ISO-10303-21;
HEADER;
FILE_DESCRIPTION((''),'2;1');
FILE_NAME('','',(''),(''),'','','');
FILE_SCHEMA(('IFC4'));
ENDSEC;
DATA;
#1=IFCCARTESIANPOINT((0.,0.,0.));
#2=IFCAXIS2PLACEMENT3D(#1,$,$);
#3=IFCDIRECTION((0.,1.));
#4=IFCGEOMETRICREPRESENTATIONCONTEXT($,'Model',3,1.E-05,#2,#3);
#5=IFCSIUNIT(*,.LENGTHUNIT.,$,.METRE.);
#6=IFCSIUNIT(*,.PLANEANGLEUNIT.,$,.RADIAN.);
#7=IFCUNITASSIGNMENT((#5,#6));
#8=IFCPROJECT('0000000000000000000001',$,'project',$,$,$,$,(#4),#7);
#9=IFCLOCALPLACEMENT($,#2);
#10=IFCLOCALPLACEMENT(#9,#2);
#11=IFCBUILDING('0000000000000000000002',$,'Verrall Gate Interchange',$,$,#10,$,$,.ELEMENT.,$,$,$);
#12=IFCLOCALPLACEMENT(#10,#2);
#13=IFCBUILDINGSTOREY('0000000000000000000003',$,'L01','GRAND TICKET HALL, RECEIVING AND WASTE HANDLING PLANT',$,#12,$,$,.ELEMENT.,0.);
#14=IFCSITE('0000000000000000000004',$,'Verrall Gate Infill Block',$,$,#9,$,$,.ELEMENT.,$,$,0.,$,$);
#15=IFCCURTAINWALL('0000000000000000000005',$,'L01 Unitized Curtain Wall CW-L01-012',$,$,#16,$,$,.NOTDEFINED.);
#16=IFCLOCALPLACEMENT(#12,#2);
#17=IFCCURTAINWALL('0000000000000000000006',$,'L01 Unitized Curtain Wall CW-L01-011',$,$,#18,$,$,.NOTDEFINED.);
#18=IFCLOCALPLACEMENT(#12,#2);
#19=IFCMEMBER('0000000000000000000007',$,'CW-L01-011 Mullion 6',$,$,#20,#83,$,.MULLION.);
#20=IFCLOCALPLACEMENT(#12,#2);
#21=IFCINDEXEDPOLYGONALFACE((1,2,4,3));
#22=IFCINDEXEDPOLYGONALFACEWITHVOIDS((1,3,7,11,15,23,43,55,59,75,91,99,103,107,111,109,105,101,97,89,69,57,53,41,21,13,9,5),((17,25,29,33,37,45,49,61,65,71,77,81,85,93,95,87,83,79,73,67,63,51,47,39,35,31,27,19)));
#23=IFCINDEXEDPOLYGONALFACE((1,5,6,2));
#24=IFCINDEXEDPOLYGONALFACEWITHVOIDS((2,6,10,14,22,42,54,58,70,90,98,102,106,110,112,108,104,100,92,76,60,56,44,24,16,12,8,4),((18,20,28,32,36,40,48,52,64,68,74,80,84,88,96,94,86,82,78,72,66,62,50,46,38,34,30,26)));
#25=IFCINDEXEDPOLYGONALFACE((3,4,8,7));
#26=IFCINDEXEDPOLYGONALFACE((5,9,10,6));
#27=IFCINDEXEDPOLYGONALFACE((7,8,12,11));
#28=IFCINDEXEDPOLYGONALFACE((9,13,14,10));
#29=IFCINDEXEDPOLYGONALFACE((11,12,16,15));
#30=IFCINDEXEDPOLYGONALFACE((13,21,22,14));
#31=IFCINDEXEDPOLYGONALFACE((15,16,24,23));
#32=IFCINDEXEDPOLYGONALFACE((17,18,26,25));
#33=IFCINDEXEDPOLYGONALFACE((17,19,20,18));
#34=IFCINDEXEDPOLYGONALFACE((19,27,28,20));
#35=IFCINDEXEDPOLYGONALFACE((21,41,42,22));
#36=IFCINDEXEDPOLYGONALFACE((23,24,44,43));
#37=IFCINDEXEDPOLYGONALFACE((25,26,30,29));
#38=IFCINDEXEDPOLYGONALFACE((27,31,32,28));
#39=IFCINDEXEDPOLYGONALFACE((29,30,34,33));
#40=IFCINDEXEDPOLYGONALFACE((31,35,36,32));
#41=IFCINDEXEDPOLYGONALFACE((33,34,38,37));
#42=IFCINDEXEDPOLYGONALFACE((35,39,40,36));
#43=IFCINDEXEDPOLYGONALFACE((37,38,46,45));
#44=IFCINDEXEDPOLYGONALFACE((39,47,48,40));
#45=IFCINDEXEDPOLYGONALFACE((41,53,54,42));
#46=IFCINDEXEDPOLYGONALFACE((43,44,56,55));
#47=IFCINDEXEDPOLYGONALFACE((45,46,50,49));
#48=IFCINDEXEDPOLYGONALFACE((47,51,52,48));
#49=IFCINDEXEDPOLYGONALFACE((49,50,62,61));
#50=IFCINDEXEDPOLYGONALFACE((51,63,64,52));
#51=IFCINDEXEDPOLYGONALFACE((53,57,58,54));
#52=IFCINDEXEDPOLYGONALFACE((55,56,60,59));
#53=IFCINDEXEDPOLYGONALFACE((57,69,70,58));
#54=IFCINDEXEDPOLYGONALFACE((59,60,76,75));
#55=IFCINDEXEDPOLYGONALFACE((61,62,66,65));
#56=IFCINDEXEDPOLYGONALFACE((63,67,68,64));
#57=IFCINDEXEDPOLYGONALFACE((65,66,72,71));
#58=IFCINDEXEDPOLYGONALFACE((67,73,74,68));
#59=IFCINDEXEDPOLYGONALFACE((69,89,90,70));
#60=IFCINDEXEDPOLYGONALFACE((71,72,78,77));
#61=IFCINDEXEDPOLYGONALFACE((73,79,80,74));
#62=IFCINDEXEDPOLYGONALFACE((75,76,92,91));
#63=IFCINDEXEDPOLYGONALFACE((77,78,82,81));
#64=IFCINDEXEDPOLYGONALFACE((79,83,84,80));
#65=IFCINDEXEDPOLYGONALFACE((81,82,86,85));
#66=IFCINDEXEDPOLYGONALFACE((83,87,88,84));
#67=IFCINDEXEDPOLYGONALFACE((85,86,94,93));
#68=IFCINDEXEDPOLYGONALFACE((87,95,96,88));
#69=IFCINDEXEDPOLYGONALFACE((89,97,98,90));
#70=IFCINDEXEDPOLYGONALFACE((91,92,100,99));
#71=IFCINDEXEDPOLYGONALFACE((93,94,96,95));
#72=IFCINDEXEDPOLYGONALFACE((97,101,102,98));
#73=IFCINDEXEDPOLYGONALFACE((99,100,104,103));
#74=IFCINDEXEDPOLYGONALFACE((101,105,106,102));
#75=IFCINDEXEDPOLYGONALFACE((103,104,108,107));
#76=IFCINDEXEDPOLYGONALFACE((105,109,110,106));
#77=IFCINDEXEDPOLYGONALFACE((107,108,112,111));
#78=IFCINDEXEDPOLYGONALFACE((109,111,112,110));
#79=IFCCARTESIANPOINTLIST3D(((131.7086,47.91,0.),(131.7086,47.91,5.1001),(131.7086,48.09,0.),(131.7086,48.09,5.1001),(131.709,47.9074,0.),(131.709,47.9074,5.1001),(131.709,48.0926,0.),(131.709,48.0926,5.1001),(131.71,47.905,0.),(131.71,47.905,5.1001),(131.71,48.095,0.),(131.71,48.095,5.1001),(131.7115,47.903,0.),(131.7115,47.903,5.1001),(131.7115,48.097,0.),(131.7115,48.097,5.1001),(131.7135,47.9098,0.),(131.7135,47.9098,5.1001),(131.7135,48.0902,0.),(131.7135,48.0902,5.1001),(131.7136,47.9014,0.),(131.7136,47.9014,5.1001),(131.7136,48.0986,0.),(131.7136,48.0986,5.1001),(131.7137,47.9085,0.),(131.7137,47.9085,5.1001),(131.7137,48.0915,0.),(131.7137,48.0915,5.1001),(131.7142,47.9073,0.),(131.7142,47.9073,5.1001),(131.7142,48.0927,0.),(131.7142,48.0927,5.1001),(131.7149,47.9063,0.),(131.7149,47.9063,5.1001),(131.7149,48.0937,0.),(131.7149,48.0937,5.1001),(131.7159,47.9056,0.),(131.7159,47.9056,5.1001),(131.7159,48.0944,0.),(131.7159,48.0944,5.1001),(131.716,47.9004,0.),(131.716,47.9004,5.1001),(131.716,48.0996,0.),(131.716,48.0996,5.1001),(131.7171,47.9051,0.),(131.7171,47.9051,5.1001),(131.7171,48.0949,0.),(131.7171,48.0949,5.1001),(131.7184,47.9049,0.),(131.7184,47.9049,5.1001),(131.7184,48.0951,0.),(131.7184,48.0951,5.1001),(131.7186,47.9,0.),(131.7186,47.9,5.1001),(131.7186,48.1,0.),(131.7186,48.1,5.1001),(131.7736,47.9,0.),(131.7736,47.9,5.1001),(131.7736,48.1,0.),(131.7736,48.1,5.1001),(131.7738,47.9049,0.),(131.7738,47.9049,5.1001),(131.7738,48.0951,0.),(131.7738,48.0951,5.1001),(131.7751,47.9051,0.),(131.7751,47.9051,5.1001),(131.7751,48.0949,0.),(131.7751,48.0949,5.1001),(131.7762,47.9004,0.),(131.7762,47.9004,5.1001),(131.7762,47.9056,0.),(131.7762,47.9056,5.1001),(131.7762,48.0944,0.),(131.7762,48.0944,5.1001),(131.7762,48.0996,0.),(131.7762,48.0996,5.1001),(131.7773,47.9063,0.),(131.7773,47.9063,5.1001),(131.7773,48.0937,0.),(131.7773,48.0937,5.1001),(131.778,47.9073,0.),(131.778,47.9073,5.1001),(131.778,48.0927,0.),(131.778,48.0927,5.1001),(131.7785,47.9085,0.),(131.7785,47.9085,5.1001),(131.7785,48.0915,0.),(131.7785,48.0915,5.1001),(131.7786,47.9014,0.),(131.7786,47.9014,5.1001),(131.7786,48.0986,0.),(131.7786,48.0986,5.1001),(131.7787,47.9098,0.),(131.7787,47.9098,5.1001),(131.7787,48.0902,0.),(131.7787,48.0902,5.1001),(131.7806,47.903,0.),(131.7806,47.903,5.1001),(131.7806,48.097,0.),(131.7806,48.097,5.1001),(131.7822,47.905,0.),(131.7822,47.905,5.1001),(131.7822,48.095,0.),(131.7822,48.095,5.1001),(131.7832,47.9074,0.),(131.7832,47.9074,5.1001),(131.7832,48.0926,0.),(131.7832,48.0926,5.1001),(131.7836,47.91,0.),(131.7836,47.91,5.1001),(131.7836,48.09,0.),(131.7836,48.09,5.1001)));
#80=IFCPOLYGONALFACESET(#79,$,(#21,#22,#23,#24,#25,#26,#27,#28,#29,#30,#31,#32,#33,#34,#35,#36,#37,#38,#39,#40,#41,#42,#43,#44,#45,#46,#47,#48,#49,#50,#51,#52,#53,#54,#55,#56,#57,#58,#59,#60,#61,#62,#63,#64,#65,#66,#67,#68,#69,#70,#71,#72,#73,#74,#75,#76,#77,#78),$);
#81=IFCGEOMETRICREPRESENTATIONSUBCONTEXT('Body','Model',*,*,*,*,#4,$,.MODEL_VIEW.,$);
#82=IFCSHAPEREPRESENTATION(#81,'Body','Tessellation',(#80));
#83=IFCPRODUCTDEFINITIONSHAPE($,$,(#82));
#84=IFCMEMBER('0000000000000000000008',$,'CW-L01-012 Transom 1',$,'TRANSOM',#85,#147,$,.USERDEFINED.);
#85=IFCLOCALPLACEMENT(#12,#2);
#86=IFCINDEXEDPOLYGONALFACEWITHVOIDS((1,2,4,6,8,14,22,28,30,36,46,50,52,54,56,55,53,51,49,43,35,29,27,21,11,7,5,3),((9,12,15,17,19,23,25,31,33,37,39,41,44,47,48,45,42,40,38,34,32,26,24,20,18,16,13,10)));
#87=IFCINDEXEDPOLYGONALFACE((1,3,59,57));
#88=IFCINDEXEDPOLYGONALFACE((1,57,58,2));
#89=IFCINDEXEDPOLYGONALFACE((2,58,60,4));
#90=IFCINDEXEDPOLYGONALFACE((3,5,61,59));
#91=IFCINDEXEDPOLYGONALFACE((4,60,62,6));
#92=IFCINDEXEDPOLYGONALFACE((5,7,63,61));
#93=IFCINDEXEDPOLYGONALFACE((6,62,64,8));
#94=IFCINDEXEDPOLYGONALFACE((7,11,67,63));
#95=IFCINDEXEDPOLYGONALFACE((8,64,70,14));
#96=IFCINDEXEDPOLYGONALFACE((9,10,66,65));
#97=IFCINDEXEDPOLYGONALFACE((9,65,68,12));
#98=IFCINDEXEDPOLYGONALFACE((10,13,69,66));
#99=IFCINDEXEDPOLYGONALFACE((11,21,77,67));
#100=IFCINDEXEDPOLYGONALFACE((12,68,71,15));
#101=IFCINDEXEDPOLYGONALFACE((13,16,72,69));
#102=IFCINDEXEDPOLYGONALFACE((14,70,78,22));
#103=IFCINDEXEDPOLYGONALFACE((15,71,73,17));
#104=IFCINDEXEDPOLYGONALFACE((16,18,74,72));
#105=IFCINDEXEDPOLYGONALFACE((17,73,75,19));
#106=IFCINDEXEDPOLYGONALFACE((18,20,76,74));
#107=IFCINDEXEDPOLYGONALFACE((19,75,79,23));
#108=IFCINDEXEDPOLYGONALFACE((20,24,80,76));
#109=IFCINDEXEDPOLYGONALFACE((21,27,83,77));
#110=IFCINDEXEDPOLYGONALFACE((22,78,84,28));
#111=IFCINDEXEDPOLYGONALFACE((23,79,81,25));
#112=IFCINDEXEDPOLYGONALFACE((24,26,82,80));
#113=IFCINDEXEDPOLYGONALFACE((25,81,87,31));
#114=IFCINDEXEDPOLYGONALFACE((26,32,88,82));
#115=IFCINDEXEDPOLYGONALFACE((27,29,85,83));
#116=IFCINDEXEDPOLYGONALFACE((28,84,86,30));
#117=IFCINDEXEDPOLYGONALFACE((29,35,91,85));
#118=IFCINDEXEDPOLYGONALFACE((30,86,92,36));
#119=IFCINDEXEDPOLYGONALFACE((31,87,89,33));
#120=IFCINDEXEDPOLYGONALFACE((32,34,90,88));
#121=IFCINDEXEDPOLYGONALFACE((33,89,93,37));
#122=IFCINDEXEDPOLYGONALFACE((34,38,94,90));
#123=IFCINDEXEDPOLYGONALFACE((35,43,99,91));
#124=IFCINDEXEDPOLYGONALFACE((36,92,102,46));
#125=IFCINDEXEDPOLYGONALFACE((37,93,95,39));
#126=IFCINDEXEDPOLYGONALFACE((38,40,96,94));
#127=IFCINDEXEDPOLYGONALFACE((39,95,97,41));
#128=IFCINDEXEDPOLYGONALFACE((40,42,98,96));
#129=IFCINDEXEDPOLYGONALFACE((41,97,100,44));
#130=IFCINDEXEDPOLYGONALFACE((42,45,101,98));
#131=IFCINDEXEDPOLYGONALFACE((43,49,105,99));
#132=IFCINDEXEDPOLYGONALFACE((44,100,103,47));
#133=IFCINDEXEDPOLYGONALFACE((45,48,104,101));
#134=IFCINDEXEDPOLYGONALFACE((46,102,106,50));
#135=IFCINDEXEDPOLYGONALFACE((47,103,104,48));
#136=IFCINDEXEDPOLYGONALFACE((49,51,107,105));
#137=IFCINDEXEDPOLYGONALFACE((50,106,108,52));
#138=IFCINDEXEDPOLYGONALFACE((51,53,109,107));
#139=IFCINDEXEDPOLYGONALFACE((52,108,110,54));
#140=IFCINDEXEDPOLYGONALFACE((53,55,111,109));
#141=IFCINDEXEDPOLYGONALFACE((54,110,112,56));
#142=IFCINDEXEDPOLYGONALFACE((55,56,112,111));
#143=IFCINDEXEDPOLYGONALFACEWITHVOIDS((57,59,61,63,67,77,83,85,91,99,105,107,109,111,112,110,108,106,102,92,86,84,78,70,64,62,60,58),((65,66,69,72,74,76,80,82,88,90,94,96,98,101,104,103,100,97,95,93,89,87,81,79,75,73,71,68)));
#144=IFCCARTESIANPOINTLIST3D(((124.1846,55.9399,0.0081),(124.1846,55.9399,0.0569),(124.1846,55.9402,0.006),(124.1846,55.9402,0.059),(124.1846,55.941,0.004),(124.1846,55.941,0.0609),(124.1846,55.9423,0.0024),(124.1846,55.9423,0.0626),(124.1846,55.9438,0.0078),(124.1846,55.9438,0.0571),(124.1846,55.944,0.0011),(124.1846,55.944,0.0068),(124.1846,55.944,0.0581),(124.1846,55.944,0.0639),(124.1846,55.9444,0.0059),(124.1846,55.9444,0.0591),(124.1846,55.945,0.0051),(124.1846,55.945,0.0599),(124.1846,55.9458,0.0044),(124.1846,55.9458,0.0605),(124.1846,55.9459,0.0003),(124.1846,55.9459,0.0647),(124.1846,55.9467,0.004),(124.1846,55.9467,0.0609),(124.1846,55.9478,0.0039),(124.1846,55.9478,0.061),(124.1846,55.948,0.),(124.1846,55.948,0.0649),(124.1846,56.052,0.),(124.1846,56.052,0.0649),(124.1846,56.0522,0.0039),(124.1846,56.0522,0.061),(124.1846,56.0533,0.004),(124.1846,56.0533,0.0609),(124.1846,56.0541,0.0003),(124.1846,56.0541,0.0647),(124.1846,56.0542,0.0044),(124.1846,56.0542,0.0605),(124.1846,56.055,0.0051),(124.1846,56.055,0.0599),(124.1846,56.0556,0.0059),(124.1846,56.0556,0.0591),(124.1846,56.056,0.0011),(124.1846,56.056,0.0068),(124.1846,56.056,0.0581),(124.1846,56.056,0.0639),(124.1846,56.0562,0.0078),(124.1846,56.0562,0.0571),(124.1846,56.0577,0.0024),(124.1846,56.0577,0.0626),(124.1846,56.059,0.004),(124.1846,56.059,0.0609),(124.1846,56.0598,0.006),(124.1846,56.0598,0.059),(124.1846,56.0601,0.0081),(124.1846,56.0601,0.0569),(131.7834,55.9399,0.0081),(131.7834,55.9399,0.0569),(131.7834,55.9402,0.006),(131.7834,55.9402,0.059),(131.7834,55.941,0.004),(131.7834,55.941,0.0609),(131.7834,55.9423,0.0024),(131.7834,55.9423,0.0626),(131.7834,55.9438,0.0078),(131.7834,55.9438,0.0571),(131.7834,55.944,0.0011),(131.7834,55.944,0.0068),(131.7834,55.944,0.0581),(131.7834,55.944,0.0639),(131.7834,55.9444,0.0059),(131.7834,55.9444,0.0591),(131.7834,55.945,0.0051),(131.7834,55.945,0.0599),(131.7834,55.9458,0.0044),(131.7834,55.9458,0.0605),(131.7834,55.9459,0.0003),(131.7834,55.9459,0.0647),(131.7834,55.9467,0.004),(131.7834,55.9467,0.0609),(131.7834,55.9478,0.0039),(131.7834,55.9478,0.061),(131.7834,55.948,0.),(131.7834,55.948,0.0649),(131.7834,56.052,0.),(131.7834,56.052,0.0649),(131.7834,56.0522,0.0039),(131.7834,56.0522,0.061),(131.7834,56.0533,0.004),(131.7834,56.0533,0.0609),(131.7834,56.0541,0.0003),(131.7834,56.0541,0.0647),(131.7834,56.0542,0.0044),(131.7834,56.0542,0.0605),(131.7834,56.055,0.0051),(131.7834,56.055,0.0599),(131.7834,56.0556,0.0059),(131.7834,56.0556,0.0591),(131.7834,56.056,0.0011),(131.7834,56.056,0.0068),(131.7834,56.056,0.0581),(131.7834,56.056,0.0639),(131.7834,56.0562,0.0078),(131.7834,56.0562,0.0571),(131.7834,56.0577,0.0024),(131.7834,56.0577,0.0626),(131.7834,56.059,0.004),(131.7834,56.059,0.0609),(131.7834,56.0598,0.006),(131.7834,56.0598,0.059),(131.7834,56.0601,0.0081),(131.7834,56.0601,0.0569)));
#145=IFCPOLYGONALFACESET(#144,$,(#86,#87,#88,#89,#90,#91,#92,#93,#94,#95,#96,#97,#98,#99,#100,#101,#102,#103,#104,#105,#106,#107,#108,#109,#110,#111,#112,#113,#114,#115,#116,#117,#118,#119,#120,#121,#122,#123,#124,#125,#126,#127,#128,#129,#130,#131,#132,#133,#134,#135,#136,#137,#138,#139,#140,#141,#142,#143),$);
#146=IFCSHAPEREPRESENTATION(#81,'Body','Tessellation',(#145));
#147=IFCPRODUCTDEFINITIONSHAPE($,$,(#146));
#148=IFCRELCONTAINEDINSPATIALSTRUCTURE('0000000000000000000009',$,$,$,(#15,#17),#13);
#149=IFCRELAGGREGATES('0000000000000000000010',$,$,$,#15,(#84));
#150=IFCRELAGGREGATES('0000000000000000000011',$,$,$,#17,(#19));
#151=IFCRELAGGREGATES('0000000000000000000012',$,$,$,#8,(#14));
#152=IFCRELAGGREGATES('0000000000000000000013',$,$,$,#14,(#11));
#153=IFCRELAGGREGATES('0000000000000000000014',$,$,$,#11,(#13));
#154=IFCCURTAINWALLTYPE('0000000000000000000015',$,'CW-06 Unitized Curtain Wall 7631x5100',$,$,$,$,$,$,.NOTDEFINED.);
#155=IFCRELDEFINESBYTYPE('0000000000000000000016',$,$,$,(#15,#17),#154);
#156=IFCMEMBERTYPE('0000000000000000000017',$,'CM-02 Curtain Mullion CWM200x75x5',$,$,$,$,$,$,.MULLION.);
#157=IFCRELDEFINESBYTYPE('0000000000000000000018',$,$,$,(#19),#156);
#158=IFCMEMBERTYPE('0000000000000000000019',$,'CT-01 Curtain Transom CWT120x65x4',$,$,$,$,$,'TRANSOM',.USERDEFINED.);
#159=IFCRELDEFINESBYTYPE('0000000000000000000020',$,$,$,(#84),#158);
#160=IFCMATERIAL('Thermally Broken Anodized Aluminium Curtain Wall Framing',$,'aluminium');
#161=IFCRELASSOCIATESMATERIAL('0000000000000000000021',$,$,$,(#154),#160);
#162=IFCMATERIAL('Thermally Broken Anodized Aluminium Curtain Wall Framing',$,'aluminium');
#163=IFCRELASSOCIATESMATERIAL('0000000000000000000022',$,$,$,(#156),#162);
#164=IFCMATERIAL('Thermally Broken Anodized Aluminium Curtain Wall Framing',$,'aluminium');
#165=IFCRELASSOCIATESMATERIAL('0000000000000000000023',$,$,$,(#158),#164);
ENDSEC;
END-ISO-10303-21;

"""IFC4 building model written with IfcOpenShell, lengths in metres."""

from ifc_helpers import new_model, si_unit, direction, frame, origin, origin_2d, place, context, subcontext, project, spatial, hollow_rectangle, extrude, material, material_profile, profile_set, type_object, element, aggregate, save


model = new_model("IFC4")

# Units and contexts
model_context = context("Model", 3, precision=1e-05, world=origin(), true_north=direction((0.0, 1.0)))
body_context = subcontext(model_context, "Body", "Model", "MODEL_VIEW")
ifc_project = project(units=[si_unit("LENGTHUNIT", "METRE"), si_unit("PLANEANGLEUNIT", "RADIAN")], contexts=[model_context])

# Site, building, storey
site_placement = place(None, origin())
site = spatial("IfcSite", under=ifc_project, at=site_placement, Name="Verrall Gate Infill Block", CompositionType="ELEMENT", RefElevation=0.0)
building_placement = place(site_placement, origin())
building = spatial("IfcBuilding", under=site, at=building_placement, Name="Verrall Gate Interchange", CompositionType="ELEMENT")
storey_placement = place(building_placement, origin())
storey = spatial("IfcBuildingStorey", under=building, at=storey_placement, Name="L01", Description="GRAND TICKET HALL, RECEIVING AND WASTE HANDLING PLANT", CompositionType="ELEMENT", Elevation=0.0)

# Curtain wall
ifc_material_1 = material(Name="Thermally Broken Anodized Aluminium Curtain Wall Framing", Category="aluminium")
curtain_wall_type = type_object("IfcCurtainWallType", Name="CW-06 Unitized Curtain Wall 7631x5100", PredefinedType="NOTDEFINED", material=ifc_material_1)
curtain_wall_1_placement = place(storey_placement, origin())
curtain_wall_1 = element("IfcCurtainWall", 1, at=curtain_wall_1_placement, inside=storey, type_object=curtain_wall_type, Name="L01 Unitized Curtain Wall CW-L01-012", PredefinedType="NOTDEFINED")

# Curtain wall, member
curtain_wall_2_placement = place(storey_placement, origin())
curtain_wall_2 = element("IfcCurtainWall", 2, at=curtain_wall_2_placement, inside=storey, type_object=curtain_wall_type, Name="L01 Unitized Curtain Wall CW-L01-011", PredefinedType="NOTDEFINED")
ifc_material_2 = material(Name="Thermally Broken Anodized Aluminium Curtain Wall Framing", Category="aluminium")
ifc_material_profile_1 = material_profile(ifc_material_2, hollow_rectangle(XDim=0.075, YDim=0.2, WallThickness=0.0049, InnerFilletRadius=0.0049, OuterFilletRadius=0.01, at=origin_2d()), Name="CWM200x75x5")
ifc_profile_set_1 = profile_set([ifc_material_profile_1], Name="Thermally Broken Anodized Aluminium Curtain Wall Framing")
member_type_1 = type_object("IfcMemberType", Name="CM-02 Curtain Mullion CWM200x75x5", PredefinedType="MULLION", material=ifc_profile_set_1)
member_1_placement = place(storey_placement, frame((131.7461, 48.0, 0.0), z_axis=(0.0, 0.0, 1.0), x_axis=(1.0, 0.0, 0.0)))
member_1 = element("IfcMember", 3, at=member_1_placement, type_object=member_type_1, Name="CW-L01-011 Mullion 6", PredefinedType="MULLION", context=body_context, shape_type="SweptSolid", body=[
    extrude(hollow_rectangle(XDim=0.075, YDim=0.2, WallThickness=0.0049, InnerFilletRadius=0.0049, OuterFilletRadius=0.01, at=origin_2d()), origin(), (0.0, 0.0, 1.0), 5.1001),
])

# Member
ifc_material_3 = material(Name="Thermally Broken Anodized Aluminium Curtain Wall Framing", Category="aluminium")
ifc_material_profile_2 = material_profile(ifc_material_3, hollow_rectangle(XDim=0.1201, YDim=0.0649, WallThickness=0.0039, InnerFilletRadius=0.0039, OuterFilletRadius=0.0081, at=origin_2d()), Name="CWT120x65x4")
ifc_profile_set_2 = profile_set([ifc_material_profile_2], Name="Thermally Broken Anodized Aluminium Curtain Wall Framing")
member_type_2 = type_object("IfcMemberType", Name="CT-01 Curtain Transom CWT120x65x4", ElementType="TRANSOM", PredefinedType="USERDEFINED", material=ifc_profile_set_2)
member_2_placement = place(storey_placement, frame((131.7834, 56.0, 0.0325), z_axis=(-1.0, 0.0, 0.0), x_axis=(0.0, -1.0, 0.0)))
member_2 = element("IfcMember", 4, at=member_2_placement, type_object=member_type_2, Name="CW-L01-012 Transom 1", ObjectType="TRANSOM", PredefinedType="USERDEFINED", context=body_context, shape_type="SweptSolid", body=[
    extrude(hollow_rectangle(XDim=0.1201, YDim=0.0649, WallThickness=0.0039, InnerFilletRadius=0.0039, OuterFilletRadius=0.0081, at=origin_2d()), origin(), (0.0, 0.0, 1.0), 7.5989),
])

aggregate(curtain_wall_1, [member_2])
aggregate(curtain_wall_2, [member_1])

save(model, "model.ifc")
